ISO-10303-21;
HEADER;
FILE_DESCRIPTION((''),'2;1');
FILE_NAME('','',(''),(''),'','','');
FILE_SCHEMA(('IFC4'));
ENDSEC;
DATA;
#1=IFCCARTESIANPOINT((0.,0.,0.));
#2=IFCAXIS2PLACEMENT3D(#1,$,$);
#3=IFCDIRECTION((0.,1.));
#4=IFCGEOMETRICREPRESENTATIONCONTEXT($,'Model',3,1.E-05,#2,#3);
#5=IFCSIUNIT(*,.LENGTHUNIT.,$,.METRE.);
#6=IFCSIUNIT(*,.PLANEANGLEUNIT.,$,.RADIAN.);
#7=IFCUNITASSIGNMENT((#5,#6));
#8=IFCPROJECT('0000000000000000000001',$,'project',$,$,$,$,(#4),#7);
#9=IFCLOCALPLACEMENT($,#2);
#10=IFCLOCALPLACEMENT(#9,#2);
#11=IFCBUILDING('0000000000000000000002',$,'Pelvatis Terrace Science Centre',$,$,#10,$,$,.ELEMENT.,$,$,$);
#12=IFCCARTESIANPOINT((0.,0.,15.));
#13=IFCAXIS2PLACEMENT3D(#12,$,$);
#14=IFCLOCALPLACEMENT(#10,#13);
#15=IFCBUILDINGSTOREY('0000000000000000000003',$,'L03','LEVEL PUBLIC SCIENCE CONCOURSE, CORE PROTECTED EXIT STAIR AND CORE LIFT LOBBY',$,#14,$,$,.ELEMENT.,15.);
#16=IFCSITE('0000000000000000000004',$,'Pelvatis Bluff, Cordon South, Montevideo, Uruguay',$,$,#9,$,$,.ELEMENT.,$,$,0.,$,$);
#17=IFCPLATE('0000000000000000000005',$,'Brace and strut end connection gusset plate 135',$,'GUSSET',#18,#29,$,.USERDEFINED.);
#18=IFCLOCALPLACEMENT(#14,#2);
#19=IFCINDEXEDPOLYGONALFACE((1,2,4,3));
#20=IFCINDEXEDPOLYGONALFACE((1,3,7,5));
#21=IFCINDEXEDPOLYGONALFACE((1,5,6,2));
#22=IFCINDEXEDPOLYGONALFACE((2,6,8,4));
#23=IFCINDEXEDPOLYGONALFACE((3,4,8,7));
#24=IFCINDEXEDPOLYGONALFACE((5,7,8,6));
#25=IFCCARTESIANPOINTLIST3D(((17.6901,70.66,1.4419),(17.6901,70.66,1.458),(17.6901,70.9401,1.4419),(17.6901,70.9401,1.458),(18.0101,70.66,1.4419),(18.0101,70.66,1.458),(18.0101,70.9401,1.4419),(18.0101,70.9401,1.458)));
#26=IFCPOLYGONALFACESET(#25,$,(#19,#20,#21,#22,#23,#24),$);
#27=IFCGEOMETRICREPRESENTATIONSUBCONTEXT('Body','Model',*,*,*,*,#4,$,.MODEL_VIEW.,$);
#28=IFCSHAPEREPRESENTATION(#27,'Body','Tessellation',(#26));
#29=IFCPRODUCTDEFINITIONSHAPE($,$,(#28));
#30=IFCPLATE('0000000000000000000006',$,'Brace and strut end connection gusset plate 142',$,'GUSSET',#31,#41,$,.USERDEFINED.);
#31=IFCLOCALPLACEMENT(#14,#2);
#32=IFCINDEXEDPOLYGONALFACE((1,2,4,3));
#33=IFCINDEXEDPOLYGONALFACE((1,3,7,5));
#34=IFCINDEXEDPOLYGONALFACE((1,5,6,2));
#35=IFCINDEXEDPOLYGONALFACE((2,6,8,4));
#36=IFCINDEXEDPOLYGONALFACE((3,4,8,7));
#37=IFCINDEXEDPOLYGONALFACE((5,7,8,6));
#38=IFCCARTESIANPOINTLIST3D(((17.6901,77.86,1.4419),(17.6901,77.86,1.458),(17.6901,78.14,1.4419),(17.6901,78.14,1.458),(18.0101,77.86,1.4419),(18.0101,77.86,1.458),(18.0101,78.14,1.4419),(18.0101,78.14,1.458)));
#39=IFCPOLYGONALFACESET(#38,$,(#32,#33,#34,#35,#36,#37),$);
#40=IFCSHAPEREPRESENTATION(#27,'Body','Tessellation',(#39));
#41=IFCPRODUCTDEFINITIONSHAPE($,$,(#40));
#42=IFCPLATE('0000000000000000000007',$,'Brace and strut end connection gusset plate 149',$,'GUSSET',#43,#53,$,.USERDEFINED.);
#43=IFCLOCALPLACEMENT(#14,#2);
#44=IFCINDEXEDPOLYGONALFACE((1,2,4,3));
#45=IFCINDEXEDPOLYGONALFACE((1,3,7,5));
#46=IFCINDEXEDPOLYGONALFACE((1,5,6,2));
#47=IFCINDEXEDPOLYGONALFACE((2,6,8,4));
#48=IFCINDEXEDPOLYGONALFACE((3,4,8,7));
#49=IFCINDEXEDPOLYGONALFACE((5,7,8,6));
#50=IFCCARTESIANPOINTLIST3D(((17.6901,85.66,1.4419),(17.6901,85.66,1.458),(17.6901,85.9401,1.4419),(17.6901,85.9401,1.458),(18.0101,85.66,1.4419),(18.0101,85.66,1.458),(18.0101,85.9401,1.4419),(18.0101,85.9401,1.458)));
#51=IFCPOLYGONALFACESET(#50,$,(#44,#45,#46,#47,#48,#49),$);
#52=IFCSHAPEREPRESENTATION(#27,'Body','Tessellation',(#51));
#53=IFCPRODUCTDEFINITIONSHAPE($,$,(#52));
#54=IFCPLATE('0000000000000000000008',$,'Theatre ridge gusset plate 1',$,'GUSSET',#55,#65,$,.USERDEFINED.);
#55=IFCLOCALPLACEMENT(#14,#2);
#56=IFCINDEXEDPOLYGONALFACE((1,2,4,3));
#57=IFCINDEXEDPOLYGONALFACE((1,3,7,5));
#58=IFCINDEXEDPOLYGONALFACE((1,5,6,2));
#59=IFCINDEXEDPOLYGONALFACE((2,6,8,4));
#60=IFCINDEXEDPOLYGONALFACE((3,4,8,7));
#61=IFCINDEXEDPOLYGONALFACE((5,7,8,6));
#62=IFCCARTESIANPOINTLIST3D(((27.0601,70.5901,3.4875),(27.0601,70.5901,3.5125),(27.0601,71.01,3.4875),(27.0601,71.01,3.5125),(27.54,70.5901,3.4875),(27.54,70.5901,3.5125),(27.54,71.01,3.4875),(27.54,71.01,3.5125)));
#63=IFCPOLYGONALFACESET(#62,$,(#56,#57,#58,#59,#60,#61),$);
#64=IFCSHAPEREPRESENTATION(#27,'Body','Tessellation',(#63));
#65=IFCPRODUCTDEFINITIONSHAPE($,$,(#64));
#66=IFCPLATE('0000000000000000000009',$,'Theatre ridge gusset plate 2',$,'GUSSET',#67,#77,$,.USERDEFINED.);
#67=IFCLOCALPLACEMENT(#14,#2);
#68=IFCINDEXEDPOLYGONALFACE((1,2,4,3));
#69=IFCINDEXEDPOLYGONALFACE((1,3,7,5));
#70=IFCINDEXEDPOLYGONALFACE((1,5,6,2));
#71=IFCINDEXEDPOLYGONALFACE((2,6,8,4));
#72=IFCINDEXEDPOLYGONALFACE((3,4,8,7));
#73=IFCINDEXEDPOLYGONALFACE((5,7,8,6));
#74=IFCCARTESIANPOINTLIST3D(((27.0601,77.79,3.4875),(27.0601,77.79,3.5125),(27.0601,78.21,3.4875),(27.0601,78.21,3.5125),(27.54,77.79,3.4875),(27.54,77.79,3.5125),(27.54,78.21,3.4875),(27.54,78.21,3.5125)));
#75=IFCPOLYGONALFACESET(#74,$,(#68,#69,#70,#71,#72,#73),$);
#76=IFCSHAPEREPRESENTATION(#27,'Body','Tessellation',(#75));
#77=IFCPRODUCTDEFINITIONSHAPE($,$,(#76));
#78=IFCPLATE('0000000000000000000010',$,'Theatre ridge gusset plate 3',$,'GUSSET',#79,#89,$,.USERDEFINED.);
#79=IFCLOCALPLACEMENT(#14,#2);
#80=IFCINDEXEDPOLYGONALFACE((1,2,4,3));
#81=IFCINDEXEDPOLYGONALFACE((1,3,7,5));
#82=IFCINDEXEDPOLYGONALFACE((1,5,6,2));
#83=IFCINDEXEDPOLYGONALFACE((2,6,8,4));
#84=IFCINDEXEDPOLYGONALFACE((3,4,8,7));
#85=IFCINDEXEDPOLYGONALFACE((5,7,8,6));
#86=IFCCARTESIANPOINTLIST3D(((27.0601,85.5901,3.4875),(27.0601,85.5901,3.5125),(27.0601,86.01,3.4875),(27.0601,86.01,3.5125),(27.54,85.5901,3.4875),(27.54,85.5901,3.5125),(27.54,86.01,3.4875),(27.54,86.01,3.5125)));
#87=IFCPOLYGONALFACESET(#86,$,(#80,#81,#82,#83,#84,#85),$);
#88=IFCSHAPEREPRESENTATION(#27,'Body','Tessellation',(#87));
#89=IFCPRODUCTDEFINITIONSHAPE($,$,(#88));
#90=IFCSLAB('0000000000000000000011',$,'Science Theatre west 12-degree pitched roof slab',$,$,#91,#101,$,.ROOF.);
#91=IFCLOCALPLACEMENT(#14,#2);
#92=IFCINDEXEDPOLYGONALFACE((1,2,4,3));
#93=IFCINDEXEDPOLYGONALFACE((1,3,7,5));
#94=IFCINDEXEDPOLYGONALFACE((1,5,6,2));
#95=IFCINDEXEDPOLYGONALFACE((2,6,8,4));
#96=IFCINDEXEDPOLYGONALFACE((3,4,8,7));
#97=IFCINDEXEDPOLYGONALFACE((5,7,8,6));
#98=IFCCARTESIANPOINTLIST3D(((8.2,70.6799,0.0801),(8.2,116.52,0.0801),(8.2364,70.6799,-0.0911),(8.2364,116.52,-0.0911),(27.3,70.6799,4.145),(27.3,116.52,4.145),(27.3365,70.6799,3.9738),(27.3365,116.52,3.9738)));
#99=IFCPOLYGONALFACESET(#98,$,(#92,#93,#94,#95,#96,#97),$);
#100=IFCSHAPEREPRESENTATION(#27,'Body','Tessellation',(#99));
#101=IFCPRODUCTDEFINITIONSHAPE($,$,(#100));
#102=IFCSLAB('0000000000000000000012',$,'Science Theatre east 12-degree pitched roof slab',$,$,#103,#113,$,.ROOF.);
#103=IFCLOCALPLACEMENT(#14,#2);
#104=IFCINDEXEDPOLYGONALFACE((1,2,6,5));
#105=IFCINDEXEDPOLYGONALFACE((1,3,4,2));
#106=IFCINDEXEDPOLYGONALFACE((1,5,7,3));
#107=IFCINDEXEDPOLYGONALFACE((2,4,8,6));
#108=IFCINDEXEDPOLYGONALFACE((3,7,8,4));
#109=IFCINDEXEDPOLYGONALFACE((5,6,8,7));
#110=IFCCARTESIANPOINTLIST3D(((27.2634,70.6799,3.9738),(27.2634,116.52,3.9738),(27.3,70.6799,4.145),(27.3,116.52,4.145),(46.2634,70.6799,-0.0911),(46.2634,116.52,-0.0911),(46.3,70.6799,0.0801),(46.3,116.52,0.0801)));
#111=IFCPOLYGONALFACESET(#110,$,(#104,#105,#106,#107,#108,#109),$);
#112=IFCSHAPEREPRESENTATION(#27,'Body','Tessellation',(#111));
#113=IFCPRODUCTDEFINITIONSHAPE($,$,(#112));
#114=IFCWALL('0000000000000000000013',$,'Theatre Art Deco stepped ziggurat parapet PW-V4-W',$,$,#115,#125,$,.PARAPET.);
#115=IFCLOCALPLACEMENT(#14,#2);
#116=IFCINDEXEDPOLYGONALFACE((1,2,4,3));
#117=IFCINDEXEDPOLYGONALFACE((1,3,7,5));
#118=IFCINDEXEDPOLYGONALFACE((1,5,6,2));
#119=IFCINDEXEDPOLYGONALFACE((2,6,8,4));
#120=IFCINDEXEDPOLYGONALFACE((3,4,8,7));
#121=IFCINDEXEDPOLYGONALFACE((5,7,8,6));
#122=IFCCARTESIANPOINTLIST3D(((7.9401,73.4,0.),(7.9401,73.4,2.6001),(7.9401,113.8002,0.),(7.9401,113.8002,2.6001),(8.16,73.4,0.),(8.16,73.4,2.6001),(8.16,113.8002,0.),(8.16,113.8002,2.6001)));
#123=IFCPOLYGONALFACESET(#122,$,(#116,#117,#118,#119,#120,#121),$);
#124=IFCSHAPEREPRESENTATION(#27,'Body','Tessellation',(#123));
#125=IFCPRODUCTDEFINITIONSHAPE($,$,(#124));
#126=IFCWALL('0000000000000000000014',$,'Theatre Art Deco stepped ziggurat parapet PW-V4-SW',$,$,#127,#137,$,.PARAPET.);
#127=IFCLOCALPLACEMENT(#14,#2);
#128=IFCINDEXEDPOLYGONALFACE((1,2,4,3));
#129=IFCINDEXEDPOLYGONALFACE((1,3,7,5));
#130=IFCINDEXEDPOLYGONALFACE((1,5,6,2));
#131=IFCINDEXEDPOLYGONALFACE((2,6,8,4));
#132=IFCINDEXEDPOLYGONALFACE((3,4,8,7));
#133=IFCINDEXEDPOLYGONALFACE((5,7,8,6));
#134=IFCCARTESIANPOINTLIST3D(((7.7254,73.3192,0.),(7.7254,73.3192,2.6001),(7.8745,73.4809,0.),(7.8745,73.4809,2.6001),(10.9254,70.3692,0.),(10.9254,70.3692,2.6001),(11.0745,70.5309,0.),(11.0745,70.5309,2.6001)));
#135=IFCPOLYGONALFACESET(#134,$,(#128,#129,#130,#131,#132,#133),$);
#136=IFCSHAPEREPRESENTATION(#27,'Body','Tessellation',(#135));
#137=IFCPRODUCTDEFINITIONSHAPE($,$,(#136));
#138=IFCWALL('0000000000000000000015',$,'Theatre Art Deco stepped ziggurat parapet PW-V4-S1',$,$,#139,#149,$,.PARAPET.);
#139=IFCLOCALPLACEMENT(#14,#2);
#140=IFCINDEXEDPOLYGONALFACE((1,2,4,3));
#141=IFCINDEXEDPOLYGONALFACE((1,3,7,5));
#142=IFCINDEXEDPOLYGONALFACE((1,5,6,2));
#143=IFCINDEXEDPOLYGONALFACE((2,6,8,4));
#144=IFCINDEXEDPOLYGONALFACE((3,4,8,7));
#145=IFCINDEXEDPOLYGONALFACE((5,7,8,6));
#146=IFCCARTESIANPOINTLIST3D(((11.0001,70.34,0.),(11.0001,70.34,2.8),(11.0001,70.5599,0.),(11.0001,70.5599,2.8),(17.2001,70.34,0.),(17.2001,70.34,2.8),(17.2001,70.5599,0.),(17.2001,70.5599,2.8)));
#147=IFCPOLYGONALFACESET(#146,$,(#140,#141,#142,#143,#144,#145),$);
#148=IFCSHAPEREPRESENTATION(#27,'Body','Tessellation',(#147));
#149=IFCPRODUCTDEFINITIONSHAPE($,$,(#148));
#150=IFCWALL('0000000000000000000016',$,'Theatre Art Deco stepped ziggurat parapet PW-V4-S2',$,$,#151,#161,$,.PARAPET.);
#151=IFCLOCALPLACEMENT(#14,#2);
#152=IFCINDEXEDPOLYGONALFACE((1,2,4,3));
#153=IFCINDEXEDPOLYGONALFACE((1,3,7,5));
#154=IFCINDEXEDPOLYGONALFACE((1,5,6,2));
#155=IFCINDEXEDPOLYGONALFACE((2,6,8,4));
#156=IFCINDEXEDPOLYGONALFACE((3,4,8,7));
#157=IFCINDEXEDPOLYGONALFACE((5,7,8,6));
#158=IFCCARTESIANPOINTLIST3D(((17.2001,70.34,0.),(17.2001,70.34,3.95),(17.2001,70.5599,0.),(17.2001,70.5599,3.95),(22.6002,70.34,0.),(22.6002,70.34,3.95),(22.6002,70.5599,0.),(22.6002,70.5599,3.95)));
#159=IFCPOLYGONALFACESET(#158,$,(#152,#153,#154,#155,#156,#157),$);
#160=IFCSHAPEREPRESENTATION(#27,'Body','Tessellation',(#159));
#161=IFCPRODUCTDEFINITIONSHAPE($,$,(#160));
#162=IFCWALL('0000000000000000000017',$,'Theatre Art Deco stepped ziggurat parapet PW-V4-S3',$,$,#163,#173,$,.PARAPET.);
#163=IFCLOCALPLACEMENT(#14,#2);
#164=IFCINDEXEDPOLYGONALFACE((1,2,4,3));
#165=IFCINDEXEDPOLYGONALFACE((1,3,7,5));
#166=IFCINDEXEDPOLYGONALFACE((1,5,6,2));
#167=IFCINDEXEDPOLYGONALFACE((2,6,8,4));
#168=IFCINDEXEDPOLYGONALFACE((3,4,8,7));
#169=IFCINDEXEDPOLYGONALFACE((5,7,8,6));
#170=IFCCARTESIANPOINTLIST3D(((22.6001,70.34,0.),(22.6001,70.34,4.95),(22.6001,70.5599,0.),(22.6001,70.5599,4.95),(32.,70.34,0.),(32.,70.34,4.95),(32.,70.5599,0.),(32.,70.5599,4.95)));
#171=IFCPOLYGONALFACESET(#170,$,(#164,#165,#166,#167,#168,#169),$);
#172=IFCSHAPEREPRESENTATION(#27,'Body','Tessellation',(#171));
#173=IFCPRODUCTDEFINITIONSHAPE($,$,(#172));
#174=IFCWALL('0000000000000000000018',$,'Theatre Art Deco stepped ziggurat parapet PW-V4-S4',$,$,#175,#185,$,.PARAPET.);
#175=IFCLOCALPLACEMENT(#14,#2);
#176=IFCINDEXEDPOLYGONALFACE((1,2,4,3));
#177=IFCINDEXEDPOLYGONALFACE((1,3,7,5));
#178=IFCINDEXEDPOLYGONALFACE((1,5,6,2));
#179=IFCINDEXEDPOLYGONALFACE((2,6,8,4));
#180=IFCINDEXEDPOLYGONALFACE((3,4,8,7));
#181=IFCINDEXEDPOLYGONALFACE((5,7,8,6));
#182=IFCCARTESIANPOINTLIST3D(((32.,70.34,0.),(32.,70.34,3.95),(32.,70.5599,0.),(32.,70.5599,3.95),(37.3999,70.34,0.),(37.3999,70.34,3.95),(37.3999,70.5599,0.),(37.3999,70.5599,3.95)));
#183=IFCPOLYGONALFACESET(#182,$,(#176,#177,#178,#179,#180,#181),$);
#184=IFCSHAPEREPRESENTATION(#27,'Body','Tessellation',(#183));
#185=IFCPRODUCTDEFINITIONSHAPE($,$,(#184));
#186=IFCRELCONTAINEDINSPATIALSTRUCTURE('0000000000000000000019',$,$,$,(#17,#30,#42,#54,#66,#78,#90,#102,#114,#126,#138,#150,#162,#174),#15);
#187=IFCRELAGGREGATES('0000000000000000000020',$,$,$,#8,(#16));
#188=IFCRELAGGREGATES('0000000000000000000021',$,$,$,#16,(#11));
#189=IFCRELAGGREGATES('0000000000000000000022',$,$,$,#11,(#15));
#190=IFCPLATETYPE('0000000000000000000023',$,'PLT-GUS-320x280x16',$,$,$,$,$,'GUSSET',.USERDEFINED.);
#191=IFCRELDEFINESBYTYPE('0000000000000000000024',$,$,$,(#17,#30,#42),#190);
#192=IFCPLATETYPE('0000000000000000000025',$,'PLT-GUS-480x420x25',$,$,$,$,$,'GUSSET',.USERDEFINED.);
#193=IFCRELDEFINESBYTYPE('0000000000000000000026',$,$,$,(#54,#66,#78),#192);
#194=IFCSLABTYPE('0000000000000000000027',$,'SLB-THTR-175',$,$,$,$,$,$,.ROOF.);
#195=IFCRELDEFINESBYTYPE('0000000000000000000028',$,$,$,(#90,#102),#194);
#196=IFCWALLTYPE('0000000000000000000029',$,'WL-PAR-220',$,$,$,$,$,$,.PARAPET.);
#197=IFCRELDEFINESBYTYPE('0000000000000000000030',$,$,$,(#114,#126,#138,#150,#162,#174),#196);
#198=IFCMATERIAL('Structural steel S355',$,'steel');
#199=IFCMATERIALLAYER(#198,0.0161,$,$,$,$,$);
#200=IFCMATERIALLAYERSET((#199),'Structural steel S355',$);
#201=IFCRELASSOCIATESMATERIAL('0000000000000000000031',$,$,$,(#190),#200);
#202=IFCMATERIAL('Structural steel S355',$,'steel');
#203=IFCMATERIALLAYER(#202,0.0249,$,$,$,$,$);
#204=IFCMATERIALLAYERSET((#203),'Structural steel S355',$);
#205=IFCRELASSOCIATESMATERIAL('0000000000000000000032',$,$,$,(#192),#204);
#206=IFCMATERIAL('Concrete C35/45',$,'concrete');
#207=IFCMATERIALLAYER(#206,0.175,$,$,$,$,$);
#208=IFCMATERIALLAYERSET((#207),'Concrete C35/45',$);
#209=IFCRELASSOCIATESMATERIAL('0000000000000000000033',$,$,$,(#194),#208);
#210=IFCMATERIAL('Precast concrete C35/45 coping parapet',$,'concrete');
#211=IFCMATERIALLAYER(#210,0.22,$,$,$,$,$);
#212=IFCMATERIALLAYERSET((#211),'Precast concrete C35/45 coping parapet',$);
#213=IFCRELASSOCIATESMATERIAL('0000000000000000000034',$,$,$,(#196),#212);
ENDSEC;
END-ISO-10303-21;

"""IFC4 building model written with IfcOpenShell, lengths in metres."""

from ifc_helpers import new_model, si_unit, direction, frame, frame_2d, origin, origin_2d, place, context, subcontext, project, spatial, polyline, rectangle, outline, extrude, material, layer, layer_set, type_object, element, save


model = new_model("IFC4")

# Units and contexts
model_context = context("Model", 3, precision=1e-05, world=origin(), true_north=direction((0.0, 1.0)))
body_context = subcontext(model_context, "Body", "Model", "MODEL_VIEW")
ifc_project = project(units=[si_unit("LENGTHUNIT", "METRE"), si_unit("PLANEANGLEUNIT", "RADIAN")], contexts=[model_context])

# Site, building, storey
site_placement = place(None, origin())
site = spatial("IfcSite", under=ifc_project, at=site_placement, Name="Pelvatis Bluff, Cordon South, Montevideo, Uruguay", CompositionType="ELEMENT", RefElevation=0.0)
building_placement = place(site_placement, origin())
building = spatial("IfcBuilding", under=site, at=building_placement, Name="Pelvatis Terrace Science Centre", CompositionType="ELEMENT")
storey_placement = place(building_placement, frame((0.0, 0.0, 15.0)))
storey = spatial("IfcBuildingStorey", under=building, at=storey_placement, Name="L03", Description="LEVEL PUBLIC SCIENCE CONCOURSE, CORE PROTECTED EXIT STAIR AND CORE LIFT LOBBY", CompositionType="ELEMENT", Elevation=15.0)

# Plates
ifc_material_1 = material(Name="Structural steel S355", Category="steel")
ifc_layer_1 = layer(ifc_material_1, 0.0161)
ifc_layer_set_1 = layer_set([ifc_layer_1], Name="Structural steel S355")
plate_type_1 = type_object("IfcPlateType", Name="PLT-GUS-320x280x16", ElementType="GUSSET", PredefinedType="USERDEFINED", material=ifc_layer_set_1)
for number, where, z_axis, x_axis, name in (
    (1, (17.8501, 70.8, 1.4419), (0.0, 0.0, 1.0), (1.0, 0.0, 0.0), "Brace and strut end connection gusset plate 135"),
    (2, (17.8501, 78.0, 1.4419), (0.0, 0.0, 1.0), (1.0, 0.0, 0.0), "Brace and strut end connection gusset plate 142"),
    (3, (17.8501, 85.8, 1.4419), (0.0, 0.0, 1.0), (1.0, 0.0, 0.0), "Brace and strut end connection gusset plate 149"),
):
    element("IfcPlate", number, at=place(storey_placement, frame(where, z_axis=z_axis, x_axis=x_axis)), inside=storey, type_object=plate_type_1, Name=name, ObjectType="GUSSET", PredefinedType="USERDEFINED", context=body_context, shape_type="SweptSolid", body=[
        extrude(rectangle(XDim=0.3201, YDim=0.28, at=origin_2d()), origin(), (0.0, 0.0, 1.0), 0.0161),
    ])
ifc_material_2 = material(Name="Structural steel S355", Category="steel")
ifc_layer_2 = layer(ifc_material_2, 0.0249)
ifc_layer_set_2 = layer_set([ifc_layer_2], Name="Structural steel S355")
plate_type_2 = type_object("IfcPlateType", Name="PLT-GUS-480x420x25", ElementType="GUSSET", PredefinedType="USERDEFINED", material=ifc_layer_set_2)
for number, where, z_axis, x_axis, name in (
    (4, (27.3, 70.8, 3.4875), (0.0, 0.0, 1.0), (1.0, 0.0, 0.0), "Theatre ridge gusset plate 1"),
    (5, (27.3, 78.0, 3.4875), (0.0, 0.0, 1.0), (1.0, 0.0, 0.0), "Theatre ridge gusset plate 2"),
    (6, (27.3, 85.8, 3.4875), (0.0, 0.0, 1.0), (1.0, 0.0, 0.0), "Theatre ridge gusset plate 3"),
):
    element("IfcPlate", number, at=place(storey_placement, frame(where, z_axis=z_axis, x_axis=x_axis)), inside=storey, type_object=plate_type_2, Name=name, ObjectType="GUSSET", PredefinedType="USERDEFINED", context=body_context, shape_type="SweptSolid", body=[
        extrude(rectangle(XDim=0.48, YDim=0.4199, at=origin_2d()), origin(), (0.0, 0.0, 1.0), 0.0249),
    ])

# Slabs
ifc_material_3 = material(Name="Concrete C35/45", Category="concrete")
ifc_layer_3 = layer(ifc_material_3, 0.175)
ifc_layer_set_3 = layer_set([ifc_layer_3], Name="Concrete C35/45")
slab_type = type_object("IfcSlabType", Name="SLB-THTR-175", PredefinedType="ROOF", material=ifc_layer_set_3)
slab_1_placement = place(storey_placement, frame((8.2, 70.6799, 0.0801), z_axis=(-0.208161, 0.0, 0.978095), x_axis=(0.978095, 0.0, 0.208161)))
element("IfcSlab", 7, at=slab_1_placement, inside=storey, type_object=slab_type, Name="Science Theatre west 12-degree pitched roof slab", PredefinedType="ROOF", context=body_context, shape_type="SweptSolid", body=[
    extrude(outline(polyline([(0.0, 0.0), (19.5279, 0.0), (19.5279, 45.8401), (0.0, 45.8401), (0.0, 0.0)])), origin(), (0.0, 0.0, -1.0), 0.175),
])
slab_2_placement = place(storey_placement, frame((27.3, 70.6799, 4.145), z_axis=(0.20921, 0.0, 0.977871), x_axis=(0.977871, 0.0, -0.20921)))
element("IfcSlab", 8, at=slab_2_placement, inside=storey, type_object=slab_type, Name="Science Theatre east 12-degree pitched roof slab", PredefinedType="ROOF", context=body_context, shape_type="SweptSolid", body=[
    extrude(outline(polyline([(0.0, 0.0), (19.43, 0.0), (19.43, 45.8401), (0.0, 45.8401), (0.0, 0.0)])), origin(), (0.0, 0.0, -1.0), 0.175),
])

# Walls
ifc_material_4 = material(Name="Precast concrete C35/45 coping parapet", Category="concrete")
ifc_layer_4 = layer(ifc_material_4, 0.22)
ifc_layer_set_4 = layer_set([ifc_layer_4], Name="Precast concrete C35/45 coping parapet")
wall_type = type_object("IfcWallType", Name="WL-PAR-220", PredefinedType="PARAPET", material=ifc_layer_set_4)
wall_1_placement = place(storey_placement, frame((8.05, 73.3999, 0.0), z_axis=(0.0, 0.0, 1.0), x_axis=(0.0, 1.0, 0.0)))
element("IfcWall", 9, at=wall_1_placement, inside=storey, type_object=wall_type, Name="Theatre Art Deco stepped ziggurat parapet PW-V4-W", PredefinedType="PARAPET", context=body_context, shape_type="SweptSolid", body=[
    extrude(rectangle(XDim=40.4001, YDim=0.22, at=frame_2d((20.2002, 0.0))), origin(), (0.0, 0.0, 1.0), 2.6001),
])
wall_2_placement = place(storey_placement, frame((11.0, 70.45, 0.0), z_axis=(0.0, 0.0, 1.0), x_axis=(-0.735244, 0.677802, 0.0)))
element("IfcWall", 10, at=wall_2_placement, inside=storey, type_object=wall_type, Name="Theatre Art Deco stepped ziggurat parapet PW-V4-SW", PredefinedType="PARAPET", context=body_context, shape_type="SweptSolid", body=[
    extrude(rectangle(XDim=4.3523, YDim=0.22, at=frame_2d((2.1763, 0.0))), origin(), (0.0, 0.0, 1.0), 2.6001),
])
wall_3_placement = place(storey_placement, frame((11.0, 70.45, 0.0), z_axis=(0.0, 0.0, 1.0), x_axis=(1.0, 0.0, 0.0)))
element("IfcWall", 11, at=wall_3_placement, inside=storey, type_object=wall_type, Name="Theatre Art Deco stepped ziggurat parapet PW-V4-S1", PredefinedType="PARAPET", context=body_context, shape_type="SweptSolid", body=[
    extrude(rectangle(XDim=6.2, YDim=0.22, at=frame_2d((3.1001, 0.0))), origin(), (0.0, 0.0, 1.0), 2.8),
])
wall_4_placement = place(storey_placement, frame((17.2, 70.45, 0.0), z_axis=(0.0, 0.0, 1.0), x_axis=(1.0, 0.0, 0.0)))
element("IfcWall", 12, at=wall_4_placement, inside=storey, type_object=wall_type, Name="Theatre Art Deco stepped ziggurat parapet PW-V4-S2", PredefinedType="PARAPET", context=body_context, shape_type="SweptSolid", body=[
    extrude(rectangle(XDim=5.4001, YDim=0.22, at=frame_2d((2.7002, 0.0))), origin(), (0.0, 0.0, 1.0), 3.95),
])
wall_5_placement = place(storey_placement, frame((22.6001, 70.45, 0.0), z_axis=(0.0, 0.0, 1.0), x_axis=(1.0, 0.0, 0.0)))
element("IfcWall", 13, at=wall_5_placement, inside=storey, type_object=wall_type, Name="Theatre Art Deco stepped ziggurat parapet PW-V4-S3", PredefinedType="PARAPET", context=body_context, shape_type="SweptSolid", body=[
    extrude(rectangle(XDim=9.3999, YDim=0.22, at=frame_2d((4.7, 0.0))), origin(), (0.0, 0.0, 1.0), 4.95),
])
wall_6_placement = place(storey_placement, frame((32.0, 70.45, 0.0), z_axis=(0.0, 0.0, 1.0), x_axis=(1.0, 0.0, 0.0)))
element("IfcWall", 14, at=wall_6_placement, inside=storey, type_object=wall_type, Name="Theatre Art Deco stepped ziggurat parapet PW-V4-S4", PredefinedType="PARAPET", context=body_context, shape_type="SweptSolid", body=[
    extrude(rectangle(XDim=5.3999, YDim=0.22, at=frame_2d((2.7, 0.0))), origin(), (0.0, 0.0, 1.0), 3.95),
])

save(model, "model.ifc")
